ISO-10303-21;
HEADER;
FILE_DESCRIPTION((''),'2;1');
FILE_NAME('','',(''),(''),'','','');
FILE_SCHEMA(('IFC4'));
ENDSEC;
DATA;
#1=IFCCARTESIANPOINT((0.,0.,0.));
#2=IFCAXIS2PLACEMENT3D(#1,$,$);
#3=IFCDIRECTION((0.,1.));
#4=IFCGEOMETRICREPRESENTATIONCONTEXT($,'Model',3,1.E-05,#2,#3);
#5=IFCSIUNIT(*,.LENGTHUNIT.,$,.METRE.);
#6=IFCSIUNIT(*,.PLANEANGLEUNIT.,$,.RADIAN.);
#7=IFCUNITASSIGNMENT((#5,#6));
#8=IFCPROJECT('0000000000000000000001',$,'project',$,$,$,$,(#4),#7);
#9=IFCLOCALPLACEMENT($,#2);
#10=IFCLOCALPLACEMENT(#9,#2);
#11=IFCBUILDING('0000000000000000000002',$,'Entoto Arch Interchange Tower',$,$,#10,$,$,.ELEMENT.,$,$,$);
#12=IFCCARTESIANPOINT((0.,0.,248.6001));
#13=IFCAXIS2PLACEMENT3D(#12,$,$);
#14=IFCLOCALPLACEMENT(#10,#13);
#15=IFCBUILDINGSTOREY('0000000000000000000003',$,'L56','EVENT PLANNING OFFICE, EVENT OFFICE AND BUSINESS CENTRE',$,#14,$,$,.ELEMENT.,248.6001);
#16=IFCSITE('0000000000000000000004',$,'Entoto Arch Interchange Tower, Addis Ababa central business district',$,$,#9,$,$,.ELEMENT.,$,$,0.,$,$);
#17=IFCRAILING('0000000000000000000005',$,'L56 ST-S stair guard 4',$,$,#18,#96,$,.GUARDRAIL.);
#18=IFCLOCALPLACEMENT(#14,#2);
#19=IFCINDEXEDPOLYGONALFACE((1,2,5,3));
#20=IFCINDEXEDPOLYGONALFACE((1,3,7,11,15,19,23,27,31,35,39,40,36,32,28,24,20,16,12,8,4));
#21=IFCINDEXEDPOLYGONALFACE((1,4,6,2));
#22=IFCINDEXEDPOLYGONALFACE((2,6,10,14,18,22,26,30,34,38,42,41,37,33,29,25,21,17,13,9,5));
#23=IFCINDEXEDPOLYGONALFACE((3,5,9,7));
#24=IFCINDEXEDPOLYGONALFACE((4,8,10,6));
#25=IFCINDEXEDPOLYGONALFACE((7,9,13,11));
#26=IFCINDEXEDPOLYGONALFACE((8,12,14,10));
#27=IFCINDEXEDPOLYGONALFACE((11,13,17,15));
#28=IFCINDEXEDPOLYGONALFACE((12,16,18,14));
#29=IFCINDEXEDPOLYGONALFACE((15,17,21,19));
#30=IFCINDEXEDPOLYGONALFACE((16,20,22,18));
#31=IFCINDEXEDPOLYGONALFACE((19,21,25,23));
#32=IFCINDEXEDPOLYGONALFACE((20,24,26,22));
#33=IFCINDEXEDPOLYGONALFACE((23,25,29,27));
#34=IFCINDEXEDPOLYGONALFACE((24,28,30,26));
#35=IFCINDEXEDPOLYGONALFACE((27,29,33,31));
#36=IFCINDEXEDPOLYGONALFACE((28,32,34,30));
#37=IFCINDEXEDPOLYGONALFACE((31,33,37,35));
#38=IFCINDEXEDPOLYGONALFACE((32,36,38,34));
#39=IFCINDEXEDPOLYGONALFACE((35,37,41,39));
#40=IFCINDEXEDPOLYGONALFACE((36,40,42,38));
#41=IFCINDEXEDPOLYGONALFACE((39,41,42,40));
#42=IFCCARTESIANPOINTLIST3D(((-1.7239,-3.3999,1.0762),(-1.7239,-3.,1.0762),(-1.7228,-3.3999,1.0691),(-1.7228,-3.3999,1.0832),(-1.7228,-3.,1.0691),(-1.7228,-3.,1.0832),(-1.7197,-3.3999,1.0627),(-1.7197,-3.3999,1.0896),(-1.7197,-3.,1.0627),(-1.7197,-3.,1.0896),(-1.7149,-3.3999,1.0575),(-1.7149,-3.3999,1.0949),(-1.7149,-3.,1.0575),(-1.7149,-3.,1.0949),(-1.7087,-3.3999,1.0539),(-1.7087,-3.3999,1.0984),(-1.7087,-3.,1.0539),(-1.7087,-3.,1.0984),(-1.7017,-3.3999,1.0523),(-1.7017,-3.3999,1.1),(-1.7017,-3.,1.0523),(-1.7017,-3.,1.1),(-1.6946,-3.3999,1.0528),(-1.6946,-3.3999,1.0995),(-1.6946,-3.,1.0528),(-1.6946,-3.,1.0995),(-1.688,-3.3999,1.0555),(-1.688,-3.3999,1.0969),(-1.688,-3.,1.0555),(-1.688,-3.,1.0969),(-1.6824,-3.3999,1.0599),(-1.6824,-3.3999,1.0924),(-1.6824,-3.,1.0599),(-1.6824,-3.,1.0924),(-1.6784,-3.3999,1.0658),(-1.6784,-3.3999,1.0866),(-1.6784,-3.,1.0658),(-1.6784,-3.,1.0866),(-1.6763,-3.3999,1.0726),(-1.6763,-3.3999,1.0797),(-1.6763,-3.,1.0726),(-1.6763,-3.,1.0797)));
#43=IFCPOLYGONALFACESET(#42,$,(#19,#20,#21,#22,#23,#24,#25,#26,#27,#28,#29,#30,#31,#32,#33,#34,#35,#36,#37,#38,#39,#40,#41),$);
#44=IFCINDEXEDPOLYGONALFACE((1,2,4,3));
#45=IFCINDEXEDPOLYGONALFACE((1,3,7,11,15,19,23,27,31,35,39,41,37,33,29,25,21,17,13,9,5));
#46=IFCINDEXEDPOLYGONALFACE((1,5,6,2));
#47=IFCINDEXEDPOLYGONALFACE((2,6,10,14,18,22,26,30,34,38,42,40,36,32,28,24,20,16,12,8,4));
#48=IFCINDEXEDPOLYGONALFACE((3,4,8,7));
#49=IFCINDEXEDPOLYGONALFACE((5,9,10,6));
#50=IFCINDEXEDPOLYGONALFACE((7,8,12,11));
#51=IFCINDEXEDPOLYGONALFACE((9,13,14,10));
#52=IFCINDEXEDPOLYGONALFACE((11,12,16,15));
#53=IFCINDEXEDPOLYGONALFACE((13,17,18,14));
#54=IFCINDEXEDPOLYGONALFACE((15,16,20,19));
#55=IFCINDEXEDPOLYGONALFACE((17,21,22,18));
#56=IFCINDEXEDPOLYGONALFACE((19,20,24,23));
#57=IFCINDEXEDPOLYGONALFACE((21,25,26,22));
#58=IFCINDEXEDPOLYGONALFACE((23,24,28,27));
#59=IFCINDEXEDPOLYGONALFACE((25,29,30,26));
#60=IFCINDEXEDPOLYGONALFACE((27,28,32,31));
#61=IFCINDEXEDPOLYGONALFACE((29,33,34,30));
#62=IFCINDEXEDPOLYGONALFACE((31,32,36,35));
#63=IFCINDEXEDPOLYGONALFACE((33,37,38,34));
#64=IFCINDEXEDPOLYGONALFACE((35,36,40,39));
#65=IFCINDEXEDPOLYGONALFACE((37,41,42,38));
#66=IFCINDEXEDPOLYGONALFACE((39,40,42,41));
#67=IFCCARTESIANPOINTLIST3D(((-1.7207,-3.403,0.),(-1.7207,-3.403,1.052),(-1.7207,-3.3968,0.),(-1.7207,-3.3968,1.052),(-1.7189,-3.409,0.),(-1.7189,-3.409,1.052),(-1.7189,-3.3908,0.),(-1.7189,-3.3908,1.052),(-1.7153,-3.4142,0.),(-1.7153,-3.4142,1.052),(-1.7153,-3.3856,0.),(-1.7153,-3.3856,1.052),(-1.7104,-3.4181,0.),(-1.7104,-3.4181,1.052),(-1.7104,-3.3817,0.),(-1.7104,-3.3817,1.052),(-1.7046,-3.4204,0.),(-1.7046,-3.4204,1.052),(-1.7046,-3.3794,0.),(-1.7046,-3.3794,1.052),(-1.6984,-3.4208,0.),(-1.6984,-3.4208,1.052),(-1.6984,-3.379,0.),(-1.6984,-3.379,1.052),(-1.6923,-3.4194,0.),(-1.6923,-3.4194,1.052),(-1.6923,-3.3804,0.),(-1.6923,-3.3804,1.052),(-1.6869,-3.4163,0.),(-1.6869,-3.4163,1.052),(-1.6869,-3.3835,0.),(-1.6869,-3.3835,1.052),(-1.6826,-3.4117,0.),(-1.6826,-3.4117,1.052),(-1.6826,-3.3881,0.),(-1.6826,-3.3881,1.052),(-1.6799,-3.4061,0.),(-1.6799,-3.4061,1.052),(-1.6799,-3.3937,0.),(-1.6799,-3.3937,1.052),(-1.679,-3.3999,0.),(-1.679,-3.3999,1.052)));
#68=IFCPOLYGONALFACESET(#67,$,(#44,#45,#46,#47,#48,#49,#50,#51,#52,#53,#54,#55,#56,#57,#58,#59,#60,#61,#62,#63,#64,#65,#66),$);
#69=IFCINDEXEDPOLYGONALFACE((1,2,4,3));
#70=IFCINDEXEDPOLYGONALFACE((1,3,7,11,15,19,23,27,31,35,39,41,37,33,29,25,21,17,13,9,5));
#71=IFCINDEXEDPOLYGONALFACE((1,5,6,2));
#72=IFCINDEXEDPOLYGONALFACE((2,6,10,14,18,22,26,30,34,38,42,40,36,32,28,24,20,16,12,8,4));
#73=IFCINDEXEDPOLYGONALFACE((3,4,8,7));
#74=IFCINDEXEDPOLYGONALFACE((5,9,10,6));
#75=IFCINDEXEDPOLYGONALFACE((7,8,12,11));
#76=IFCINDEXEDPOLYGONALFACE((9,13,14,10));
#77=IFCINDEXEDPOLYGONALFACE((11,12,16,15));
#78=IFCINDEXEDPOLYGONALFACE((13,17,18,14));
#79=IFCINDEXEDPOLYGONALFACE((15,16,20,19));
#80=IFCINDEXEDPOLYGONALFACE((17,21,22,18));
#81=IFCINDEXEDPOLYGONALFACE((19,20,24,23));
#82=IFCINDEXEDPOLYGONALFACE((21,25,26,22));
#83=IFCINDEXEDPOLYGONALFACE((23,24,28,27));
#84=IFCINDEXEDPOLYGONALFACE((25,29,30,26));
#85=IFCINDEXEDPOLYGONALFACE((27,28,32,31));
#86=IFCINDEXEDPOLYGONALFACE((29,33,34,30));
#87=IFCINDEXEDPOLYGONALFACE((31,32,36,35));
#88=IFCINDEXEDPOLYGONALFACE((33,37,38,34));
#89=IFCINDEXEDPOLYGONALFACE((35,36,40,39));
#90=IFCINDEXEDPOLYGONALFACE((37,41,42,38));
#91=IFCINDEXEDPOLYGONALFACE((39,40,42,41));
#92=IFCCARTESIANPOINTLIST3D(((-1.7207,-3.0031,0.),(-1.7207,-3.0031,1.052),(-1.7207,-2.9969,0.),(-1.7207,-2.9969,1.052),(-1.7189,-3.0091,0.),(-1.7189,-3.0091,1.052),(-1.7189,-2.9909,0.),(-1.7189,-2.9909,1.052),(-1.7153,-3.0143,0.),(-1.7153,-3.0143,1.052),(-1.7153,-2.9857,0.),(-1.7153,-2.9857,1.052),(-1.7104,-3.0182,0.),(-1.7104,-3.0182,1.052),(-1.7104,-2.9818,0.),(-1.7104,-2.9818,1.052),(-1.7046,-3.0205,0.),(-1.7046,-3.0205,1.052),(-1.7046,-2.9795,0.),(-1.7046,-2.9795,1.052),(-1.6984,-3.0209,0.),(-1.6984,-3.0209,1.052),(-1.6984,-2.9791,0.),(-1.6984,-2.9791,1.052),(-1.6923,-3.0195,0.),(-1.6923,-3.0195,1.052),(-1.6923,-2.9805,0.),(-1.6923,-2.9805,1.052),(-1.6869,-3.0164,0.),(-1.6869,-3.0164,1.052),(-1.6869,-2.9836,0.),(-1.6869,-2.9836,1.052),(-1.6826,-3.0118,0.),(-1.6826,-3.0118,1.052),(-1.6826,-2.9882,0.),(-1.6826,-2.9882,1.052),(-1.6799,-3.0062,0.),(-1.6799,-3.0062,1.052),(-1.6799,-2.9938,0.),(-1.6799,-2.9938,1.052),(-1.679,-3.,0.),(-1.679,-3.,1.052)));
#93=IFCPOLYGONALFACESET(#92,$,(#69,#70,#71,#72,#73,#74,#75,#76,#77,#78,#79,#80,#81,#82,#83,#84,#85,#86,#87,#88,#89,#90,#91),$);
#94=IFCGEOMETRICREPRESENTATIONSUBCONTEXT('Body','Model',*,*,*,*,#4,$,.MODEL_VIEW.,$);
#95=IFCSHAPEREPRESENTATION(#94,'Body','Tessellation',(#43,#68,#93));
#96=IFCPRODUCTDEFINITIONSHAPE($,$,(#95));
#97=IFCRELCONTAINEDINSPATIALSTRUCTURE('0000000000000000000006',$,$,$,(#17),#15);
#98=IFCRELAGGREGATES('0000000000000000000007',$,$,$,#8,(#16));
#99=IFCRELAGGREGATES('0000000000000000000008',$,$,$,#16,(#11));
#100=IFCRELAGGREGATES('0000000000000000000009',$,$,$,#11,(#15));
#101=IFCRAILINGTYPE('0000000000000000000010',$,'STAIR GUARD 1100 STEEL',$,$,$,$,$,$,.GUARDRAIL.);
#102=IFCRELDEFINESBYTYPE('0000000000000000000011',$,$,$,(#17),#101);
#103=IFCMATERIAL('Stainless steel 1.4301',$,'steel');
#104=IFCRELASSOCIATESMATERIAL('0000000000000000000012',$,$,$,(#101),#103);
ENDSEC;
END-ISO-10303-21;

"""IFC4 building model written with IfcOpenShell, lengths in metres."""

from ifc_helpers import new_model, si_unit, direction, frame, origin, origin_2d, place, context, subcontext, project, spatial, circle, extrude, material, type_object, element, save


model = new_model("IFC4")

# Units and contexts
model_context = context("Model", 3, precision=1e-05, world=origin(), true_north=direction((0.0, 1.0)))
body_context = subcontext(model_context, "Body", "Model", "MODEL_VIEW")
ifc_project = project(units=[si_unit("LENGTHUNIT", "METRE"), si_unit("PLANEANGLEUNIT", "RADIAN")], contexts=[model_context])

# Site, building, storey
site_placement = place(None, origin())
site = spatial("IfcSite", under=ifc_project, at=site_placement, Name="Entoto Arch Interchange Tower, Addis Ababa central business district", CompositionType="ELEMENT", RefElevation=0.0)
building_placement = place(site_placement, origin())
building = spatial("IfcBuilding", under=site, at=building_placement, Name="Entoto Arch Interchange Tower", CompositionType="ELEMENT")
storey_placement = place(building_placement, frame((0.0, 0.0, 248.6001)))
storey = spatial("IfcBuildingStorey", under=building, at=storey_placement, Name="L56", Description="EVENT PLANNING OFFICE, EVENT OFFICE AND BUSINESS CENTRE", CompositionType="ELEMENT", Elevation=248.6001)

# Railing
ifc_material_1 = material(Name="Stainless steel 1.4301", Category="steel")
railing_type_1 = type_object("IfcRailingType", Name="STAIR GUARD 1100 STEEL", PredefinedType="GUARDRAIL", material=ifc_material_1)
railing_1_placement = place(storey_placement, frame((-1.7, -3.3999, 0.0)))
element("IfcRailing", 1, at=railing_1_placement, inside=storey, type_object=railing_type_1, Name="L56 ST-S stair guard 4", PredefinedType="GUARDRAIL", context=body_context, shape_type="SweptSolid", body=[
    extrude(circle(Radius=0.0239, at=origin_2d()), frame((0.0, 0.0, 1.0762), z_axis=(0.0, 1.0, 0.0), x_axis=(-1.0, 0.0, 0.0)), (0.0, 0.0, 1.0), 0.3999),
    extrude(circle(Radius=0.021, at=origin_2d()), origin(), (0.0, 0.0, 1.0), 1.052),
    extrude(circle(Radius=0.021, at=origin_2d()), frame((0.0, 0.3999, 0.0)), (0.0, 0.0, 1.0), 1.052),
])

save(model, "model.ifc")
